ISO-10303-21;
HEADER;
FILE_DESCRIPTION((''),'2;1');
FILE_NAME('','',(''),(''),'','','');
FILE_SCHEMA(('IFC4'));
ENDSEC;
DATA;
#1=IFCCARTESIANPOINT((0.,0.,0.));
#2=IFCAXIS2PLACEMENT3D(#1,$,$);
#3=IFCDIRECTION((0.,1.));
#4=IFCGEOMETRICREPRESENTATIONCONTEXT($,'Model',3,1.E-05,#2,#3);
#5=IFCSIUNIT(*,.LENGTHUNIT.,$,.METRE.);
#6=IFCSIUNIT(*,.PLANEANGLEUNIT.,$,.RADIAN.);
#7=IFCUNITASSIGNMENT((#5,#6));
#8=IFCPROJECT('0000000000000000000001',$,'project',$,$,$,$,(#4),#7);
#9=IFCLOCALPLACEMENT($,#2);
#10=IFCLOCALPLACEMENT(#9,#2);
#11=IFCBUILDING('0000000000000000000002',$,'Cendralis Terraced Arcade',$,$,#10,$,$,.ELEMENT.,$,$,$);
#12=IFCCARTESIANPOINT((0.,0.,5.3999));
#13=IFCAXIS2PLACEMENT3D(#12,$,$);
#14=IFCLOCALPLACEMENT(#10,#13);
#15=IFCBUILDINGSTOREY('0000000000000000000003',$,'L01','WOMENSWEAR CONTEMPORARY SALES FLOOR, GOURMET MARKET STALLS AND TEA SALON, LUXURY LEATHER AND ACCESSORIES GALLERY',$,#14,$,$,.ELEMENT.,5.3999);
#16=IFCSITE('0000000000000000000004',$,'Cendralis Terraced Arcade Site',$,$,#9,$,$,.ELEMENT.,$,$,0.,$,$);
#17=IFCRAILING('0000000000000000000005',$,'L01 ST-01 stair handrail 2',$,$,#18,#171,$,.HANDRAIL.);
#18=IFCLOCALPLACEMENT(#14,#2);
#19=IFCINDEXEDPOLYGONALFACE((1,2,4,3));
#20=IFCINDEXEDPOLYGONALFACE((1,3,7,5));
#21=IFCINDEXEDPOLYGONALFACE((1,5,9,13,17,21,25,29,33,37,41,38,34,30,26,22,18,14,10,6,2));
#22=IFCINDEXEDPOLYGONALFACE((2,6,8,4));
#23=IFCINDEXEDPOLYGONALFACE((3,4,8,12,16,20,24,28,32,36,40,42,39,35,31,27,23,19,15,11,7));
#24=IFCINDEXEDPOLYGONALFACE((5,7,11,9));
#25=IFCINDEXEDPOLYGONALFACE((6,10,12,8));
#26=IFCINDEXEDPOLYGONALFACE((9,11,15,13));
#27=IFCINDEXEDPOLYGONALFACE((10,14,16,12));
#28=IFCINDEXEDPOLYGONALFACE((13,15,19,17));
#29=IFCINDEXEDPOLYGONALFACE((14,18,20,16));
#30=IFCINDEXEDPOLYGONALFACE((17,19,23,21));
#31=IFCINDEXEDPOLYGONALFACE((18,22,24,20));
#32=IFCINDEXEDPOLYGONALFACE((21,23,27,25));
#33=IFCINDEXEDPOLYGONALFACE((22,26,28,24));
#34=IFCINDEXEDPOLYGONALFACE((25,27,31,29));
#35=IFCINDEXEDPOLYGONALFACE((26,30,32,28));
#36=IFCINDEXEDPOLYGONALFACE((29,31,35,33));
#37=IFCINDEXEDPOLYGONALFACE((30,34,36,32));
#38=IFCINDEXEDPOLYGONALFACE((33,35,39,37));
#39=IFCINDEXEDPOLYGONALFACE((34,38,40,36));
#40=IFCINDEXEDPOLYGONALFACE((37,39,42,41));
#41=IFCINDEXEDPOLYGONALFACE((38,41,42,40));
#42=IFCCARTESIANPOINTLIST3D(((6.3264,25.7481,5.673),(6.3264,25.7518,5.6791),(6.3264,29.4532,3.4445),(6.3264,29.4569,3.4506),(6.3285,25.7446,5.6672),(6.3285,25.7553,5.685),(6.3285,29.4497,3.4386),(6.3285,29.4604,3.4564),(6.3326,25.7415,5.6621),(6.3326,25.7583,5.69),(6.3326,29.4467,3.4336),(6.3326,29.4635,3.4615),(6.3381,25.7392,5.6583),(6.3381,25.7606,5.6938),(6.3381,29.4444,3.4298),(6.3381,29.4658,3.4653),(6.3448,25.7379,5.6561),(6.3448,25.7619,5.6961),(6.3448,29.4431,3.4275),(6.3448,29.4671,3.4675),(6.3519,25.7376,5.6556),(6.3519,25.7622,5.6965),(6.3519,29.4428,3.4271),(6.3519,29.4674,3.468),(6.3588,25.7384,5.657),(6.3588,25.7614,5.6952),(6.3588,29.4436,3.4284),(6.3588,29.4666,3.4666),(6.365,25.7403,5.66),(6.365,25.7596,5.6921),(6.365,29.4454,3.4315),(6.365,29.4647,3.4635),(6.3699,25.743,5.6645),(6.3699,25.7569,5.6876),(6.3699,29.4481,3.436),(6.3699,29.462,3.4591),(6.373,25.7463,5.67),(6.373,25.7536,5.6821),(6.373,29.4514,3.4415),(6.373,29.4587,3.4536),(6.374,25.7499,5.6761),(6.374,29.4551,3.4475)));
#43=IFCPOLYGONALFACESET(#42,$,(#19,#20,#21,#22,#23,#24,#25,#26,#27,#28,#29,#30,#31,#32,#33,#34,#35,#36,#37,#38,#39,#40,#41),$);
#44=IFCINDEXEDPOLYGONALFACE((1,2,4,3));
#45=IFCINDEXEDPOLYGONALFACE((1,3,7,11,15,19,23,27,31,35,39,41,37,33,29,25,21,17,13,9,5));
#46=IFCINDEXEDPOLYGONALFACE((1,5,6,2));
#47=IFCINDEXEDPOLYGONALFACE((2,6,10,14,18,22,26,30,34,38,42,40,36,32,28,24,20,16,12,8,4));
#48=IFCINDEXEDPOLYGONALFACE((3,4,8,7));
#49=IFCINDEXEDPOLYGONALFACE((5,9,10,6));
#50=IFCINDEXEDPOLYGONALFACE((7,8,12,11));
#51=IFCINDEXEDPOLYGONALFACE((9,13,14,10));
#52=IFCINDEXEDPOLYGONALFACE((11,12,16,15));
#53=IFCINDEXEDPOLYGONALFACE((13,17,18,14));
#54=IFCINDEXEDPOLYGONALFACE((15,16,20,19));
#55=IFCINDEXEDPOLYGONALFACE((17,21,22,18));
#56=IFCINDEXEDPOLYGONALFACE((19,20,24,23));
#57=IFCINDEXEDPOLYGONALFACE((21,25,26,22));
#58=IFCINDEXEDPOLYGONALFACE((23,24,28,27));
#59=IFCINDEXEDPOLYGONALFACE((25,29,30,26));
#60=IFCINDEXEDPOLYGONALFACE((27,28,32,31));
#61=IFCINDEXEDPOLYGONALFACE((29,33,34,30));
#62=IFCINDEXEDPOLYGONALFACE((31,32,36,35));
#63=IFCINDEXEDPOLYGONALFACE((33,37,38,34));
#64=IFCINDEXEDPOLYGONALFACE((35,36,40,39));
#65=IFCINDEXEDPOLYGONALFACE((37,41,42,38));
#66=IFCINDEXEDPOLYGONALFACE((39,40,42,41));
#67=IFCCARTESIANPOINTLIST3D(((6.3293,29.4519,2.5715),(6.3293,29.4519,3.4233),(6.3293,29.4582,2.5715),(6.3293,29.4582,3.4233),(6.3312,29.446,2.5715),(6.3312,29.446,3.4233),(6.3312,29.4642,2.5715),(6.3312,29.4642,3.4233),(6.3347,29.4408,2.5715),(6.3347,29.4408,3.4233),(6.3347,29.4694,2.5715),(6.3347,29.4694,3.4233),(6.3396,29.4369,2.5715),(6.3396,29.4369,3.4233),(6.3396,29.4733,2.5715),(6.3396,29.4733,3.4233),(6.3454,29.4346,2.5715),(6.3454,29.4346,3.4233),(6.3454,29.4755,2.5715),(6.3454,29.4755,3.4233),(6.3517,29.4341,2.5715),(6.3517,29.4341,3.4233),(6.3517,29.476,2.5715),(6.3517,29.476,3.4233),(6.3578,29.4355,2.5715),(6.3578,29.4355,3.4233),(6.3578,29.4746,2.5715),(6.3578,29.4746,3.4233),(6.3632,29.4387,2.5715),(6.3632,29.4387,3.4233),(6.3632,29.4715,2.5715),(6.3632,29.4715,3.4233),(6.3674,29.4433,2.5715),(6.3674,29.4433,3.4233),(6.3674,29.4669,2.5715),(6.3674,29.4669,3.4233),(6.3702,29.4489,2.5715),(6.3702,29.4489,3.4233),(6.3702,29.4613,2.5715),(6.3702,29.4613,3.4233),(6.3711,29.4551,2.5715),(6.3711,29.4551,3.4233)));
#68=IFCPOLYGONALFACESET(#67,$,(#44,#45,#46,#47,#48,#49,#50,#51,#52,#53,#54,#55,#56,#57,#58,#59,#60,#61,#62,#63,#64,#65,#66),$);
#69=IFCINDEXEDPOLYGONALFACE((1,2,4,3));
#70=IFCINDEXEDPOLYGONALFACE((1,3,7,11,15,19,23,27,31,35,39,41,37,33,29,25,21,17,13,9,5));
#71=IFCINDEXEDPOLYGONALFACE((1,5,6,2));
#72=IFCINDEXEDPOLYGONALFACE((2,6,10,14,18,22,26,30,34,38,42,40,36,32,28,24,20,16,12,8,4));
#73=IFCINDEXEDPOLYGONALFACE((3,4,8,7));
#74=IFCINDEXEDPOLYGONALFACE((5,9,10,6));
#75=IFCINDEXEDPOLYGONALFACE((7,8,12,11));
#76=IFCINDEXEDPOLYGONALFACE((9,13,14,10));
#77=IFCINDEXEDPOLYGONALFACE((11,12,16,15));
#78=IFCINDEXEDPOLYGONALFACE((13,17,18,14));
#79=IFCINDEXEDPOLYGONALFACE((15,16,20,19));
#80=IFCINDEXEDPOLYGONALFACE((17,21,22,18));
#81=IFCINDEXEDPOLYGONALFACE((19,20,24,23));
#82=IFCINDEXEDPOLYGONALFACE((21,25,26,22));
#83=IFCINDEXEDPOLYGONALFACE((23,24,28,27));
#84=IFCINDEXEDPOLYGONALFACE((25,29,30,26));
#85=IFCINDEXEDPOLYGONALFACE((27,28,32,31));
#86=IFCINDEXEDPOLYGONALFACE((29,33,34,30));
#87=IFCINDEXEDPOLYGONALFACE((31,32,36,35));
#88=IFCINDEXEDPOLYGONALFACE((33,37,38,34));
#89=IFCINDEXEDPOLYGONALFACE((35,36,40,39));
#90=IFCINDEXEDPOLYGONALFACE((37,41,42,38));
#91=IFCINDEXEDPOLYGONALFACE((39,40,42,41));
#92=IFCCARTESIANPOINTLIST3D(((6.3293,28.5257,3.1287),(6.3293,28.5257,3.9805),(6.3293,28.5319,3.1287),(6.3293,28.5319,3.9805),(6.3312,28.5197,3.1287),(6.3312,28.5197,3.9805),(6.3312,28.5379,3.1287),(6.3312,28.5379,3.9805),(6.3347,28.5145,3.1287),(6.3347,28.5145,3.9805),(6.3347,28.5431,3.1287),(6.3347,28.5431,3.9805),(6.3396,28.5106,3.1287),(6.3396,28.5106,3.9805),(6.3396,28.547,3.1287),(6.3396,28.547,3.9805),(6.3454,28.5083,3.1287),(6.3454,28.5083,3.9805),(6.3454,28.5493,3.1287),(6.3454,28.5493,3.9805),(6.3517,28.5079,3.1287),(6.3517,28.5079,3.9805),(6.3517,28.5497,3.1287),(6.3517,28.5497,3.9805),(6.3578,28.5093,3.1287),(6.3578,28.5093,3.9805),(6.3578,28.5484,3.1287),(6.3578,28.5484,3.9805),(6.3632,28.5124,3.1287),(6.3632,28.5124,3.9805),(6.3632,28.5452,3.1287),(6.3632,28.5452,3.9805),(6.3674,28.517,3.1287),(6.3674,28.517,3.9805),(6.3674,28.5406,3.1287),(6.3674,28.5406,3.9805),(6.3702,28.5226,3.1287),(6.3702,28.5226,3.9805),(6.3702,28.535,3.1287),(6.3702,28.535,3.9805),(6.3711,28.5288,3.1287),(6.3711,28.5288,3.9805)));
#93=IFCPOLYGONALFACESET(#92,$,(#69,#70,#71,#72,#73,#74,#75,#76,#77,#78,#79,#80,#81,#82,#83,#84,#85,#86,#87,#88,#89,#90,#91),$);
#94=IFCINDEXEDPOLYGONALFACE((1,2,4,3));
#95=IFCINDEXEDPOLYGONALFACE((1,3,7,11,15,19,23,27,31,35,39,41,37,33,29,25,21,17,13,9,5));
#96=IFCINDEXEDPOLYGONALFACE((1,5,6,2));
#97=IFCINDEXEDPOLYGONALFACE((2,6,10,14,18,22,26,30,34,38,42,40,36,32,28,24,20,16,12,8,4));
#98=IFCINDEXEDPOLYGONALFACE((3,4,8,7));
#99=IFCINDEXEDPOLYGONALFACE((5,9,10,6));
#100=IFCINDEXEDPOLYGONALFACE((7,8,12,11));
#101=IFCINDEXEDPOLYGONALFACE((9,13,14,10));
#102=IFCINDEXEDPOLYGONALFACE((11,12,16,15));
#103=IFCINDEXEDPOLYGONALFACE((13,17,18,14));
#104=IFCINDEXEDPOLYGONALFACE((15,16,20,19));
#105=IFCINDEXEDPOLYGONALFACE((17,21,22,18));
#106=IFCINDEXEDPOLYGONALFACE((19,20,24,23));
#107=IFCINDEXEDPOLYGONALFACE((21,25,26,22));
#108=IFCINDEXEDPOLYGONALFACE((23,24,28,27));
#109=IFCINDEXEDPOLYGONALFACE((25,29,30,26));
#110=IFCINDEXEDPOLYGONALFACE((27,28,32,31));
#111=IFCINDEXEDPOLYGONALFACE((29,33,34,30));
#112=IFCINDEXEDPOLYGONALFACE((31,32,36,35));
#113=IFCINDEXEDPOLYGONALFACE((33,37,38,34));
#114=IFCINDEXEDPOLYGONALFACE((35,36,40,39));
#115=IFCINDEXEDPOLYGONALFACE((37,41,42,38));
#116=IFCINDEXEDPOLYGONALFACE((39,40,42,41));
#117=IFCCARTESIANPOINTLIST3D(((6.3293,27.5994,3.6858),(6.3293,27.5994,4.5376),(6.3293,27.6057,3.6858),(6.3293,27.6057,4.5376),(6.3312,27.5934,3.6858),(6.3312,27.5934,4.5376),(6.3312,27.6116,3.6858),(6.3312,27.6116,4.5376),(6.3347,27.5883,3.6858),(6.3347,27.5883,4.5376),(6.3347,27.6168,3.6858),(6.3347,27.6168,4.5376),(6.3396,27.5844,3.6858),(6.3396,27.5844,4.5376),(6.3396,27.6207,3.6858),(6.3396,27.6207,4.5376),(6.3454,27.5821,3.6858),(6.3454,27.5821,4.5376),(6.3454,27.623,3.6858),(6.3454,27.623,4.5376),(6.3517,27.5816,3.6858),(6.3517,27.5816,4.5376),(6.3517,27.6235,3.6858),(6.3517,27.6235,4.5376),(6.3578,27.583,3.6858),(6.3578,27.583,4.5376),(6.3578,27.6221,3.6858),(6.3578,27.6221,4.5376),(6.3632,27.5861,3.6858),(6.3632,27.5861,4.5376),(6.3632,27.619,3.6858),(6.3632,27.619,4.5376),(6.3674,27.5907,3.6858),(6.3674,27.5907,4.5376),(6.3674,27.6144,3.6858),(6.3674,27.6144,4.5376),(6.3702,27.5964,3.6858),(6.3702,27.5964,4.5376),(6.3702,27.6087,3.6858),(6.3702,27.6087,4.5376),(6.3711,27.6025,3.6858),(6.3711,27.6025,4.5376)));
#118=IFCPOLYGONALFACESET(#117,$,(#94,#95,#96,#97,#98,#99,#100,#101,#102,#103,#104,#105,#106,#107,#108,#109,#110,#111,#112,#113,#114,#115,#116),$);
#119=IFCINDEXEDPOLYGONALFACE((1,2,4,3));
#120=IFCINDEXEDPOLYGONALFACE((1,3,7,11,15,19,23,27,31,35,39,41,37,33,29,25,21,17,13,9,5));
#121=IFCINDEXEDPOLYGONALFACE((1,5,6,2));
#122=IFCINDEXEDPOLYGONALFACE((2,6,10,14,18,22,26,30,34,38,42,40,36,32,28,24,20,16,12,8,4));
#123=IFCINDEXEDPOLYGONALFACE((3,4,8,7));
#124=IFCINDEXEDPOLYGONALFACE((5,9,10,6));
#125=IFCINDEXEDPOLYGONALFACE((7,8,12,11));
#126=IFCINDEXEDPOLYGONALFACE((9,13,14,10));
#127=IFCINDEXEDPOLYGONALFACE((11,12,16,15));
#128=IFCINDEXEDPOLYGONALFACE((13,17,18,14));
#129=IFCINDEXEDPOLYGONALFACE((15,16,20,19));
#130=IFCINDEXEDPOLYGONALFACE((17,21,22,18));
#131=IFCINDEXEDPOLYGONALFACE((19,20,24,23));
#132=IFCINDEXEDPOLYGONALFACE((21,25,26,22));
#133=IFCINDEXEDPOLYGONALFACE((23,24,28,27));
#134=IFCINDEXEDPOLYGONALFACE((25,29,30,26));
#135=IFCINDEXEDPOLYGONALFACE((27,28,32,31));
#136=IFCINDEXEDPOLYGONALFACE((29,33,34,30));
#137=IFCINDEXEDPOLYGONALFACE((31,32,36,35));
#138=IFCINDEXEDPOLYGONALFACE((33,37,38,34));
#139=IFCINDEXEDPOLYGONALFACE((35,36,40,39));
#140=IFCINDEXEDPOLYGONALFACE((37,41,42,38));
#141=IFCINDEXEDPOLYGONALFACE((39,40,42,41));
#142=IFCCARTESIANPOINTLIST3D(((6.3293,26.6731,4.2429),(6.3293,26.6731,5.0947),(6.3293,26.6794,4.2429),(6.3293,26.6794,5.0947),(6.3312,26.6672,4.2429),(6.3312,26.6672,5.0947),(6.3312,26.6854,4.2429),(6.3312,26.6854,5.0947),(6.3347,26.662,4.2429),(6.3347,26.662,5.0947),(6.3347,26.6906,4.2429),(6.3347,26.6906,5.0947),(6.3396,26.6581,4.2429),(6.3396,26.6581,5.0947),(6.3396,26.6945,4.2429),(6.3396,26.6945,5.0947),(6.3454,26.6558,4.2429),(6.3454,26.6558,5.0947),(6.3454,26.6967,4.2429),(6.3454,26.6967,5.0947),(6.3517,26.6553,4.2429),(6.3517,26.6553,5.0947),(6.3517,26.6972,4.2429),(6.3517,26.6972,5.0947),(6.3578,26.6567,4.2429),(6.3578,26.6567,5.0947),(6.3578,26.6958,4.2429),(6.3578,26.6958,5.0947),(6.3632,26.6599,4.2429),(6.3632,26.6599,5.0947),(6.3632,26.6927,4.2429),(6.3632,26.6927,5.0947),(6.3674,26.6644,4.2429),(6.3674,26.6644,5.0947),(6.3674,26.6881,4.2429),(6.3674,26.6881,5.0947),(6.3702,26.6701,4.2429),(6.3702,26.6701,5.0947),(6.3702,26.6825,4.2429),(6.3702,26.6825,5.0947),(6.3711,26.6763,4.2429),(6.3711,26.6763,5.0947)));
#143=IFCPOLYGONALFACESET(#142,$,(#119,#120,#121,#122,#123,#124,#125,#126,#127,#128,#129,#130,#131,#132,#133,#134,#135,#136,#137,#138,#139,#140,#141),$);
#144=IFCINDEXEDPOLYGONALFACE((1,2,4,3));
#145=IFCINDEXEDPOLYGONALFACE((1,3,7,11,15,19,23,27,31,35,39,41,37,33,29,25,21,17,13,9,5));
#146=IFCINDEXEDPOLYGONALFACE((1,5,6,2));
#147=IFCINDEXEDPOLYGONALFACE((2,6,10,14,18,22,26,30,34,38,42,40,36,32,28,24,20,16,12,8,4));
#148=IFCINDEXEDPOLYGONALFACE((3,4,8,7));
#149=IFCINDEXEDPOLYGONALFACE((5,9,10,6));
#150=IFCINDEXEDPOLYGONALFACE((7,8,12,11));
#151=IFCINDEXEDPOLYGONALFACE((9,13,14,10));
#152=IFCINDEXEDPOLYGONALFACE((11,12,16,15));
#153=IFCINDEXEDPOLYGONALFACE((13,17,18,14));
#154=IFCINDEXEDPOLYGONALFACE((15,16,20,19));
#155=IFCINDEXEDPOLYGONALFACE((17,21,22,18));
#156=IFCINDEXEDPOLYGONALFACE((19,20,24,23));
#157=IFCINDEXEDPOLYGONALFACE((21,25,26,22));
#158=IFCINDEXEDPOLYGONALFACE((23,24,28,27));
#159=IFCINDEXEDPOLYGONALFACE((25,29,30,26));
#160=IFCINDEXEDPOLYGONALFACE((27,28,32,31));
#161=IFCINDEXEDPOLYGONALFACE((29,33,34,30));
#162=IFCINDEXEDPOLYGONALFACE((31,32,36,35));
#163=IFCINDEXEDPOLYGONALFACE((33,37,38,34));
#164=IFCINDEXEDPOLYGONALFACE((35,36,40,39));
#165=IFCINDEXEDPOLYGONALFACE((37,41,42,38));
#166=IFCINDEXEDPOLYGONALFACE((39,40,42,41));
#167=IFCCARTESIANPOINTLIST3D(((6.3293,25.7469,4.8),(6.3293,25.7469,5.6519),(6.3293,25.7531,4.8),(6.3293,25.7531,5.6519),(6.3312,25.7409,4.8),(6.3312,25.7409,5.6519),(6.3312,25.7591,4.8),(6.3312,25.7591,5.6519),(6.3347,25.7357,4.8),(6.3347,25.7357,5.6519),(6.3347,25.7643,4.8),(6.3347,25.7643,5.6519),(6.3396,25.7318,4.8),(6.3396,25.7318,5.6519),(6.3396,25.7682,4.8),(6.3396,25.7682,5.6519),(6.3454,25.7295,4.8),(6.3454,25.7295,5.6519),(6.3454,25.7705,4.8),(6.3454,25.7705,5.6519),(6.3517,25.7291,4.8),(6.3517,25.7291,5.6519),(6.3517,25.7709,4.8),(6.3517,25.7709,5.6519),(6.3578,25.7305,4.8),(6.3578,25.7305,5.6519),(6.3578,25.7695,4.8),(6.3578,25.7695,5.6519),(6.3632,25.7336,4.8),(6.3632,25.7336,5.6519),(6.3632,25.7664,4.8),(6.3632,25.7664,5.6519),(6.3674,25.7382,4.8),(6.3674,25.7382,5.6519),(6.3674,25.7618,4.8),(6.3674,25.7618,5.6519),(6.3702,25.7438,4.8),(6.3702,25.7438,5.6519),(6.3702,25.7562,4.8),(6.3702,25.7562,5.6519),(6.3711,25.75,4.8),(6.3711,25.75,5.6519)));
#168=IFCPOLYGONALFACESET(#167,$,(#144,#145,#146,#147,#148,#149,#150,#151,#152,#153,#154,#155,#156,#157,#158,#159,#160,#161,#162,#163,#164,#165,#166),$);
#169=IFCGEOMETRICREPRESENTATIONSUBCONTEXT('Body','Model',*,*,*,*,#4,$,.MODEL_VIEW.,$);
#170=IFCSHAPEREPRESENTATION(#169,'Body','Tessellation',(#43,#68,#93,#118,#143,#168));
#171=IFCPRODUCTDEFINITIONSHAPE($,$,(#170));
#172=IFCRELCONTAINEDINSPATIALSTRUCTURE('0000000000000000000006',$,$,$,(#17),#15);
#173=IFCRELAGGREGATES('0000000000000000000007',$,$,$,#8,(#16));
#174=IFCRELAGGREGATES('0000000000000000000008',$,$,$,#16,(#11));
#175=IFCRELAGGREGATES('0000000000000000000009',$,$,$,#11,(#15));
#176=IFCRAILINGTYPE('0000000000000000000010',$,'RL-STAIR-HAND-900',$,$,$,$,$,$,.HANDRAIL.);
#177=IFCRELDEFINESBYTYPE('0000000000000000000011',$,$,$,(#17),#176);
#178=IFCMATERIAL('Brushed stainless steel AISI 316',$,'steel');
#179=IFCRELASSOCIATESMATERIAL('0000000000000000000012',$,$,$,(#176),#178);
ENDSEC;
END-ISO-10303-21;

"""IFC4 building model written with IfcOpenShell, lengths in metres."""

from ifc_helpers import new_model, si_unit, direction, frame, origin, origin_2d, place, context, subcontext, project, spatial, circle, extrude, material, type_object, element, save


model = new_model("IFC4")

# Units and contexts
model_context = context("Model", 3, precision=1e-05, world=origin(), true_north=direction((0.0, 1.0)))
body_context = subcontext(model_context, "Body", "Model", "MODEL_VIEW")
ifc_project = project(units=[si_unit("LENGTHUNIT", "METRE"), si_unit("PLANEANGLEUNIT", "RADIAN")], contexts=[model_context])

# Site, building, storey
site_placement = place(None, origin())
site = spatial("IfcSite", under=ifc_project, at=site_placement, Name="Cendralis Terraced Arcade Site", CompositionType="ELEMENT", RefElevation=0.0)
building_placement = place(site_placement, origin())
building = spatial("IfcBuilding", under=site, at=building_placement, Name="Cendralis Terraced Arcade", CompositionType="ELEMENT")
storey_placement = place(building_placement, frame((0.0, 0.0, 5.3999)))
storey = spatial("IfcBuildingStorey", under=building, at=storey_placement, Name="L01", Description="WOMENSWEAR CONTEMPORARY SALES FLOOR, GOURMET MARKET STALLS AND TEA SALON, LUXURY LEATHER AND ACCESSORIES GALLERY", CompositionType="ELEMENT", Elevation=5.3999)

# Railing
ifc_material_1 = material(Name="Brushed stainless steel AISI 316", Category="steel")
railing_type_1 = type_object("IfcRailingType", Name="RL-STAIR-HAND-900", PredefinedType="HANDRAIL", material=ifc_material_1)
railing_1_placement = place(storey_placement, frame((6.3501, 29.4551, 2.5715)))
element("IfcRailing", 1, at=railing_1_placement, inside=storey, type_object=railing_type_1, Name="L01 ST-01 stair handrail 2", PredefinedType="HANDRAIL", context=body_context, shape_type="SweptSolid", body=[
    extrude(circle(Radius=0.0239, at=origin_2d()), frame((0.0, 0.0, 0.876), z_axis=(0.0, -0.856934, 0.515425), x_axis=(1.0, 0.0, 0.0)), (0.0, 0.0, 1.0), 4.3237),
    extrude(circle(Radius=0.021, at=origin_2d()), origin(), (0.0, 0.0, 1.0), 0.8518),
    extrude(circle(Radius=0.021, at=origin_2d()), frame((0.0, -0.9263, 0.5571)), (0.0, 0.0, 1.0), 0.8518),
    extrude(circle(Radius=0.021, at=origin_2d()), frame((0.0, -1.8525, 1.1143)), (0.0, 0.0, 1.0), 0.8518),
    extrude(circle(Radius=0.021, at=origin_2d()), frame((0.0, -2.7788, 1.6714)), (0.0, 0.0, 1.0), 0.8518),
    extrude(circle(Radius=0.021, at=origin_2d()), frame((0.0, -3.7051, 2.2285)), (0.0, 0.0, 1.0), 0.8518),
])

save(model, "model.ifc")
